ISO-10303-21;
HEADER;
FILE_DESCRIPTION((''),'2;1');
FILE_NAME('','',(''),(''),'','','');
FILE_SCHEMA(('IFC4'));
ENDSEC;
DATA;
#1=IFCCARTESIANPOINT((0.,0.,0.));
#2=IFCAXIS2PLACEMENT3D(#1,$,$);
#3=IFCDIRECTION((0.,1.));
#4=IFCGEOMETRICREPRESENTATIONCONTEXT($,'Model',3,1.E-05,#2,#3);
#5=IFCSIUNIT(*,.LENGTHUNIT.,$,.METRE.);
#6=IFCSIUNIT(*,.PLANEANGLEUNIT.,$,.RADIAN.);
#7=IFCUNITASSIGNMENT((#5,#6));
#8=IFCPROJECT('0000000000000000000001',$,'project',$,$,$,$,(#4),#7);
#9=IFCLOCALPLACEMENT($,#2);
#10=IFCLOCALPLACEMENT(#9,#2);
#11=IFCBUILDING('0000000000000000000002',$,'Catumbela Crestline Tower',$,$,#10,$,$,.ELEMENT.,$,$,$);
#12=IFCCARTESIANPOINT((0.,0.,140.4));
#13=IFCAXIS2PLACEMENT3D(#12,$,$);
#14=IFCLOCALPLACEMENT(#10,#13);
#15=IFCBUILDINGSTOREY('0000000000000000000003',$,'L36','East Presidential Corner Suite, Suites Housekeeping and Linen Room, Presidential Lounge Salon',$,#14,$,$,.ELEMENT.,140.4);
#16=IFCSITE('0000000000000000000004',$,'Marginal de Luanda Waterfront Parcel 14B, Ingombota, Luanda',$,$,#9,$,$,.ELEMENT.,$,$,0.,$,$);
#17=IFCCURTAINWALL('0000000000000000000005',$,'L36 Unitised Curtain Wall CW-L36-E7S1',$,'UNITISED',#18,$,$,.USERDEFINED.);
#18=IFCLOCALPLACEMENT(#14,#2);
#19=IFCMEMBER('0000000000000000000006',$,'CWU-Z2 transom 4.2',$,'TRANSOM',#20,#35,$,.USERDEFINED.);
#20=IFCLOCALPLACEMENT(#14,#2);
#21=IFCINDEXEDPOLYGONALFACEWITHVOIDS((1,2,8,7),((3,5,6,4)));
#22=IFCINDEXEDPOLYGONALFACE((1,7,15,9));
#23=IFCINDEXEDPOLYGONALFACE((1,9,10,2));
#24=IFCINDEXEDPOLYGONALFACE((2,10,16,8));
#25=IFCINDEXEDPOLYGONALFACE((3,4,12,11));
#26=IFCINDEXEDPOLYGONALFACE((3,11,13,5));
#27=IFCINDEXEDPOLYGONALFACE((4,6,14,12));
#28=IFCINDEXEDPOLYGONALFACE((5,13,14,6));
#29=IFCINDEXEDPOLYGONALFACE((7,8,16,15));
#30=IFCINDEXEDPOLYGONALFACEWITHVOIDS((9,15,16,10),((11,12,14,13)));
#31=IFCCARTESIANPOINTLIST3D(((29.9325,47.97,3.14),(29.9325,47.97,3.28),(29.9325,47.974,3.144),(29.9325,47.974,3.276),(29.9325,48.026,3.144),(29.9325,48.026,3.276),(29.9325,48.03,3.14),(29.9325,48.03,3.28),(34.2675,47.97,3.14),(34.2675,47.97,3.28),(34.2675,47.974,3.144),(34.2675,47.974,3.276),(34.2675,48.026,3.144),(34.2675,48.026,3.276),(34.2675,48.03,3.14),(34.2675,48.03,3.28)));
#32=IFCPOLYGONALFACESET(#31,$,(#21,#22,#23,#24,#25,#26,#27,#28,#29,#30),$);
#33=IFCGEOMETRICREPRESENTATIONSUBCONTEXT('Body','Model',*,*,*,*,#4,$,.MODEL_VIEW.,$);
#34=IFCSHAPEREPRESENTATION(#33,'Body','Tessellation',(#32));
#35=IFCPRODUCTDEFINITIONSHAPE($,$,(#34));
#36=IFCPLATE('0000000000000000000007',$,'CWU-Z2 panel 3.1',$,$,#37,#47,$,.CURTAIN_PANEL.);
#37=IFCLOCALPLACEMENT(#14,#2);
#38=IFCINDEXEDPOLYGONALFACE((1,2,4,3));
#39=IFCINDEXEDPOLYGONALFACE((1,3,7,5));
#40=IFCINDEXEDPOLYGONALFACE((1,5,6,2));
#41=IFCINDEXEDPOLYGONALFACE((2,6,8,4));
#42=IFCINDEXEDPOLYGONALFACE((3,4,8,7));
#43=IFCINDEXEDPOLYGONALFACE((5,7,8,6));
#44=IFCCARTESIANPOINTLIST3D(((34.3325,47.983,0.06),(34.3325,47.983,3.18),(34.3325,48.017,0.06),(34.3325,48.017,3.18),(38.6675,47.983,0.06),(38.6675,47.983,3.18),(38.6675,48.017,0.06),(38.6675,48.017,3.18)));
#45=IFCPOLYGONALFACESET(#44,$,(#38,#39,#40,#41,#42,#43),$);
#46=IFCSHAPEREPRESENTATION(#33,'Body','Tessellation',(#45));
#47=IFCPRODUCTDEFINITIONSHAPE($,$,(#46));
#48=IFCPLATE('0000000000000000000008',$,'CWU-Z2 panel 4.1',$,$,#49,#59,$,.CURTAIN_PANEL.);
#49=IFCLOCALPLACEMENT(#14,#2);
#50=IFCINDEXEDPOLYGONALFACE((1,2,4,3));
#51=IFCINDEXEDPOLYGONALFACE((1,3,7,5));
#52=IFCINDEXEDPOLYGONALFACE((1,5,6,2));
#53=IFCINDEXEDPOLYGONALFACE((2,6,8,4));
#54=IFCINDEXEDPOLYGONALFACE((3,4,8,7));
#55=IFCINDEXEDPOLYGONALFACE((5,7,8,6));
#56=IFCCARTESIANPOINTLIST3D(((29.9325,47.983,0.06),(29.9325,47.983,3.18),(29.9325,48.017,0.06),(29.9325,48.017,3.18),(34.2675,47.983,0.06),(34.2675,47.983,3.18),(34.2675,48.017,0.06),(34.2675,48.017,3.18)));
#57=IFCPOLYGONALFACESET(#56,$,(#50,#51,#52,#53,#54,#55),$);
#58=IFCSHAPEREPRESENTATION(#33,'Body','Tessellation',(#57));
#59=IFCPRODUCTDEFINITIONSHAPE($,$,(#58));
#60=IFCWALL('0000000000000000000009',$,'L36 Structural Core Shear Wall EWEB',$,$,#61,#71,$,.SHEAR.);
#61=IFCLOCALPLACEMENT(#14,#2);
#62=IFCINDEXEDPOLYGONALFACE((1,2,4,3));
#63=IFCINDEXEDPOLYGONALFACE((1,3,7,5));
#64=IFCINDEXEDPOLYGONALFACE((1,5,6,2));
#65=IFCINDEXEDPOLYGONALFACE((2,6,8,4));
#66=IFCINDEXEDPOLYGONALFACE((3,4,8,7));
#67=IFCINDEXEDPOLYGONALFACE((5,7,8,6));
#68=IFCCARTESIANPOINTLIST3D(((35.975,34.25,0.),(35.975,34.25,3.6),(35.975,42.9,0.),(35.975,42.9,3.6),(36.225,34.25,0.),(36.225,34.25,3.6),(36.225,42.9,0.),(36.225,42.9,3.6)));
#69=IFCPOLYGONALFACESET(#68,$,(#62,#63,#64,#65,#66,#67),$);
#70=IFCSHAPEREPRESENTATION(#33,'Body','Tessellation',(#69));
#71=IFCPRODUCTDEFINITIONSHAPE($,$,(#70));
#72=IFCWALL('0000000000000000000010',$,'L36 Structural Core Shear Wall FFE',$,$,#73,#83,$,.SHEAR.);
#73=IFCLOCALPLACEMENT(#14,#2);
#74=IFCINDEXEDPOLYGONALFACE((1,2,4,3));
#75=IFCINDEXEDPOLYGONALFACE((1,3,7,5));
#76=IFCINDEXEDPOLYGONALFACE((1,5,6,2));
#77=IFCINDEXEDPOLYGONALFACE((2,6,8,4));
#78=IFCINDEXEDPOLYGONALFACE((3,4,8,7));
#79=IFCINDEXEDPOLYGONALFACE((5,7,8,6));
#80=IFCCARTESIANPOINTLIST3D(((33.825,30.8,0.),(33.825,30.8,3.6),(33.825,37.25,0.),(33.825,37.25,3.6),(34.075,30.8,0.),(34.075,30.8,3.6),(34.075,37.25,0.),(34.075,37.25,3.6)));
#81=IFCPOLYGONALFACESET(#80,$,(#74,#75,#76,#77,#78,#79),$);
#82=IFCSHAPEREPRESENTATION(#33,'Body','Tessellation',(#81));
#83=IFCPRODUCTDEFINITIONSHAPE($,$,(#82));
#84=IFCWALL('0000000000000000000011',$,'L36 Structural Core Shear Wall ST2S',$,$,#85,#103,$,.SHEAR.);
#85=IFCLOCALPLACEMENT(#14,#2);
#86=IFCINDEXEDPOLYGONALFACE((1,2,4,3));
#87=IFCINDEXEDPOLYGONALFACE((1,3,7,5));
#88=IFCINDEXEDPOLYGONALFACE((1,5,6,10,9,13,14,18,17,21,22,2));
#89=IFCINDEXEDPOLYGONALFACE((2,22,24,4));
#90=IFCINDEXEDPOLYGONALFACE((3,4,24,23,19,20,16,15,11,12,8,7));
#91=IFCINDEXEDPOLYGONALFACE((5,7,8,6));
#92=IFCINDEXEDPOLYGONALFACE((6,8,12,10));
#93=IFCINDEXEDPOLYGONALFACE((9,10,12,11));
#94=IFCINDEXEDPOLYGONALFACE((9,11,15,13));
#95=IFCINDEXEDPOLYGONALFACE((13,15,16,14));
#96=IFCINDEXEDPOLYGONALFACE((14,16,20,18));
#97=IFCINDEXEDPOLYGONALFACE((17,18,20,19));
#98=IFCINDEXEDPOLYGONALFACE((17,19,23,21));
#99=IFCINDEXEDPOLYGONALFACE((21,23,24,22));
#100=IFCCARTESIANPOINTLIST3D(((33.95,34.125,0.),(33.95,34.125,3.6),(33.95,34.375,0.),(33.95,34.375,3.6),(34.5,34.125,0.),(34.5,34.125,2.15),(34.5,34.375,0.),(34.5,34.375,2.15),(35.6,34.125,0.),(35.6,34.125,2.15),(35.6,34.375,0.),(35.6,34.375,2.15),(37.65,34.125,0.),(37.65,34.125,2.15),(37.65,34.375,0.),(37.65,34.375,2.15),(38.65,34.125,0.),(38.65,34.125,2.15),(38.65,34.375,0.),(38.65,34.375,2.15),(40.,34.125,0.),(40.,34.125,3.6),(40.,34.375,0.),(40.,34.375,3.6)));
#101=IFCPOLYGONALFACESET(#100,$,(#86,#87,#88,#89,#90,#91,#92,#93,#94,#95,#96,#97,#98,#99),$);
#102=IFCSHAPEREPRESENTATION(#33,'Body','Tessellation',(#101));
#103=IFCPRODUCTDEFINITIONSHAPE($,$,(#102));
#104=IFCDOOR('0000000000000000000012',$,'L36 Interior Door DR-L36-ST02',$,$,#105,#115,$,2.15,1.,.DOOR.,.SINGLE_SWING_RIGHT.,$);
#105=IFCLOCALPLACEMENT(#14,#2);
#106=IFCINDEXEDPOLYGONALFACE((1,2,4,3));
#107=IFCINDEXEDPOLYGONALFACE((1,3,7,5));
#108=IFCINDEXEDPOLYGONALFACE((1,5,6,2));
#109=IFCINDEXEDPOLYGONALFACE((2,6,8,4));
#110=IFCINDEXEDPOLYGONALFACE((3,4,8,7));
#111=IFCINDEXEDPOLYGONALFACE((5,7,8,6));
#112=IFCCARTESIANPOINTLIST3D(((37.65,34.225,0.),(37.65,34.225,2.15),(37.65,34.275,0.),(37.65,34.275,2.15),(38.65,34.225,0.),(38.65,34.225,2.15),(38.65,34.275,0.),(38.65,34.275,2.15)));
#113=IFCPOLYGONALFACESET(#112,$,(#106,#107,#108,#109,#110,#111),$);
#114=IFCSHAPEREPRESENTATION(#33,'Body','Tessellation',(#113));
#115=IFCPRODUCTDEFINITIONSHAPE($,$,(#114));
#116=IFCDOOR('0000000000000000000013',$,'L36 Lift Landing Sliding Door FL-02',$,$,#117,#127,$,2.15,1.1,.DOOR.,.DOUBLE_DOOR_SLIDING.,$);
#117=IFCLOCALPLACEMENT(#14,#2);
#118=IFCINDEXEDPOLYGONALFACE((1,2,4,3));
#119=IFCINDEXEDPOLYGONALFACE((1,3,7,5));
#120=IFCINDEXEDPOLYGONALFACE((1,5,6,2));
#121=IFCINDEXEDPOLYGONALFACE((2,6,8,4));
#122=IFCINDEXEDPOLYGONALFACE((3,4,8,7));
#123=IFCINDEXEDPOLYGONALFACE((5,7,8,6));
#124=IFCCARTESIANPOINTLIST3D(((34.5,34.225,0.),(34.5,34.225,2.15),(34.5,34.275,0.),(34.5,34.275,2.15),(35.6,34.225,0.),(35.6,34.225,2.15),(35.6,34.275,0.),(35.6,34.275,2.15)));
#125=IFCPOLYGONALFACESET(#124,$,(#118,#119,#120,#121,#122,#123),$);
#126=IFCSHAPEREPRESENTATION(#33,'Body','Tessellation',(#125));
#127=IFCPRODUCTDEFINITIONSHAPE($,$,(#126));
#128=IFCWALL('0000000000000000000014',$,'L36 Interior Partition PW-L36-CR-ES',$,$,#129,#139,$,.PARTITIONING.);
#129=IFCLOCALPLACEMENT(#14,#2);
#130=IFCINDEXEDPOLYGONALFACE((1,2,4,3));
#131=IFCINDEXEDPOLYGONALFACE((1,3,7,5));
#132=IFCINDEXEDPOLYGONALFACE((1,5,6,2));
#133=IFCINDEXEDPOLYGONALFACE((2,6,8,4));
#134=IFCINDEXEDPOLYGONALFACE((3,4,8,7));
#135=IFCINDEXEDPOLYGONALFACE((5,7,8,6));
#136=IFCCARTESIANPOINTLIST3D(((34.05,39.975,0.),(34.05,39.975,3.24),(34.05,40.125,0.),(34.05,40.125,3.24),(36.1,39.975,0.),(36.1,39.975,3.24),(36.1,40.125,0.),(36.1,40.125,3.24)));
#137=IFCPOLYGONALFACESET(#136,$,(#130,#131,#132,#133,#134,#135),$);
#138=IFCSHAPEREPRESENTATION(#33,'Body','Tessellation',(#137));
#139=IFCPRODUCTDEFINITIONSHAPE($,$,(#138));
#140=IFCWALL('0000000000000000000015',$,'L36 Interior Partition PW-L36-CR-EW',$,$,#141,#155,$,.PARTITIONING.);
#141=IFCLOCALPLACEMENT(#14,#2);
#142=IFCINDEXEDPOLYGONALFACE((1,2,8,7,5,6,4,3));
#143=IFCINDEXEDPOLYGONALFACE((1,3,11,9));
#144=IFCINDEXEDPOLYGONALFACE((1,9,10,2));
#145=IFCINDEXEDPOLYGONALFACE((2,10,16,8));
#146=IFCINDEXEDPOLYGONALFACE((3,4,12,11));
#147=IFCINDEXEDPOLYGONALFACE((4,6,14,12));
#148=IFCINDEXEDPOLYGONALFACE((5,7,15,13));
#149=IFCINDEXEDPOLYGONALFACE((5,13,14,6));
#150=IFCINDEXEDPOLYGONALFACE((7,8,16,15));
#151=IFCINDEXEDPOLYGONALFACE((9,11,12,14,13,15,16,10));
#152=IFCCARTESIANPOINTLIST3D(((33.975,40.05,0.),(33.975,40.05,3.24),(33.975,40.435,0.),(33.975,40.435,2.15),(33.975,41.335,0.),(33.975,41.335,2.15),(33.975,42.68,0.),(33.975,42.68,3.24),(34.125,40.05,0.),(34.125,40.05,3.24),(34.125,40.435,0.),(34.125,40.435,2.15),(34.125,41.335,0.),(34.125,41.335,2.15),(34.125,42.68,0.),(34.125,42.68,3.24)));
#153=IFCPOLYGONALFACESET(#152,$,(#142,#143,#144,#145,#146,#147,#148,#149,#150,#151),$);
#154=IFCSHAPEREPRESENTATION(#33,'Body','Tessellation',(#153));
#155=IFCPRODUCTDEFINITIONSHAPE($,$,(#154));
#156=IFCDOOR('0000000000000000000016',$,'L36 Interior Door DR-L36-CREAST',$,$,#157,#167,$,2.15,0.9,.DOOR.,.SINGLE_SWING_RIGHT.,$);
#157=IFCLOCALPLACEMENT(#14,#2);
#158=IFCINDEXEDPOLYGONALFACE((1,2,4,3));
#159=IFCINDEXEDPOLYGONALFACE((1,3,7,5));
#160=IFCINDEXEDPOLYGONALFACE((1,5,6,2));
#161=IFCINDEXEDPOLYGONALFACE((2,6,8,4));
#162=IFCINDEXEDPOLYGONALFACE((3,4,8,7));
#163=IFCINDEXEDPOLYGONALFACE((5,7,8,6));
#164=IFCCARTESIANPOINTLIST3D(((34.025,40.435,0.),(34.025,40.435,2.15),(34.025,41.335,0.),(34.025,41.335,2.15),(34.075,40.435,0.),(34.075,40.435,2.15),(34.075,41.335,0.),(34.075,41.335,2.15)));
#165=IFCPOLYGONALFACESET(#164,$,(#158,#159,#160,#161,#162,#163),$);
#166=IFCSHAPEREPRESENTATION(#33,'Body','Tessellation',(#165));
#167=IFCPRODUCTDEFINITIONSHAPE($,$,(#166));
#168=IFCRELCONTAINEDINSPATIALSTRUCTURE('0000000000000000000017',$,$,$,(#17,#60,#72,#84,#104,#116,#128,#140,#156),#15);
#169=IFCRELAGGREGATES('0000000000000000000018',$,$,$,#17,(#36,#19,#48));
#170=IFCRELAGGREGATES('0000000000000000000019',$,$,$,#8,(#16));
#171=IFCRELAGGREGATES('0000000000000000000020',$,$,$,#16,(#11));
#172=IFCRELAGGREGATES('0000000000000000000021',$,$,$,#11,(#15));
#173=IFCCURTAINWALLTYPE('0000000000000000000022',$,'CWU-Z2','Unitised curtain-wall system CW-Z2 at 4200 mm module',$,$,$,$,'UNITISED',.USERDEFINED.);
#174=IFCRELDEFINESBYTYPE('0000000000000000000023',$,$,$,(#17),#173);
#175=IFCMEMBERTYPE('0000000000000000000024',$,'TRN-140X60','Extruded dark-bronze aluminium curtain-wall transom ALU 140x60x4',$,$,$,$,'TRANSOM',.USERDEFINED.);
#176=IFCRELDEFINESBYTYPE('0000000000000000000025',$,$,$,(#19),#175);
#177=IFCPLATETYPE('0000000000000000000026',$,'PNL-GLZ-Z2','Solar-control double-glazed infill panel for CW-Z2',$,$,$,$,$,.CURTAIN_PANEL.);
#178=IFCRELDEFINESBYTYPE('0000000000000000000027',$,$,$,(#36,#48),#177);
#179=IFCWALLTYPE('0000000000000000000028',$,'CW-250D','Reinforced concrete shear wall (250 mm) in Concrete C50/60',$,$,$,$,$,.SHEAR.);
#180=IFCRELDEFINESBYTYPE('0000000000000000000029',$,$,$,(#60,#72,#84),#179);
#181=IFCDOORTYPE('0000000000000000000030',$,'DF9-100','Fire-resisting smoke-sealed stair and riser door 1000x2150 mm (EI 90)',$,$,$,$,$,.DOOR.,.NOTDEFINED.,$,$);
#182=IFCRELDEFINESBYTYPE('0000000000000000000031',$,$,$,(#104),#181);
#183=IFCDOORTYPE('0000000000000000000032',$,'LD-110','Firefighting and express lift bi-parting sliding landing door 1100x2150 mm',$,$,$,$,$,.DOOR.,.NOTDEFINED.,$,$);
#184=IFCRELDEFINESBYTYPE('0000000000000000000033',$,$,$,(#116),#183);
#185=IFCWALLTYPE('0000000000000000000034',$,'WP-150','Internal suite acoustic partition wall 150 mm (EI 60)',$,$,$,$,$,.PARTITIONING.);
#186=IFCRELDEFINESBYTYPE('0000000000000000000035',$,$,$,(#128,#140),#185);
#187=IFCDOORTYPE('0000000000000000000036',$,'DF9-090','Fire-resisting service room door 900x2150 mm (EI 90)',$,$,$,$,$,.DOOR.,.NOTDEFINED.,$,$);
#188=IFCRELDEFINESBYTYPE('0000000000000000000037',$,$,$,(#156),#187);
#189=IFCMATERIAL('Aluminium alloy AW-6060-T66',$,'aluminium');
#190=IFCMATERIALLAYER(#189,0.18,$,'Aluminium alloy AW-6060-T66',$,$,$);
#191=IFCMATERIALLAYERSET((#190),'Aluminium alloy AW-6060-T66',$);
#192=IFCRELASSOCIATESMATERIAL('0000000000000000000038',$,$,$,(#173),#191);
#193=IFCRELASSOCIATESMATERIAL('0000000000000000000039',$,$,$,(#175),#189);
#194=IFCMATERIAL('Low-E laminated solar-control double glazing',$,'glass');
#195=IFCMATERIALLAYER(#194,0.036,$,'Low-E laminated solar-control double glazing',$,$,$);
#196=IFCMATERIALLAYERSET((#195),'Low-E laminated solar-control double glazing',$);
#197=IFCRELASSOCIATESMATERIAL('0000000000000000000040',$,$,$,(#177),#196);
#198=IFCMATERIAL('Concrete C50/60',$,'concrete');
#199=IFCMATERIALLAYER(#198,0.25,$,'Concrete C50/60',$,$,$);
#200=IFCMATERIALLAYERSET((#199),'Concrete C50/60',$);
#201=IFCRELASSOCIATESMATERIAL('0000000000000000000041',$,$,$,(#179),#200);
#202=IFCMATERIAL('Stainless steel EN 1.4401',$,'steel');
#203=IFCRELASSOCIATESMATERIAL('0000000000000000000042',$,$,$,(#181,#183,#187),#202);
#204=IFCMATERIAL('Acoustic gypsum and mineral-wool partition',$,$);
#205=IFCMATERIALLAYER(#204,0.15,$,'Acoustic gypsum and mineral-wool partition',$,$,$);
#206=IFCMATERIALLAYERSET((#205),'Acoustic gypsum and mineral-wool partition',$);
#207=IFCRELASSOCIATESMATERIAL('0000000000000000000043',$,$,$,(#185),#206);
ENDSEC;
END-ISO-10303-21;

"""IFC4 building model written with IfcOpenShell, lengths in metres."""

from ifc_helpers import new_model, si_unit, direction, frame, frame_2d, origin, origin_2d, place, context, subcontext, project, spatial, rectangle, hollow_rectangle, extrude, material, layer, layer_set, material_profile, profile_set, type_object, element, fill, aggregate, save


model = new_model("IFC4")

# Units and contexts
model_context = context("Model", 3, precision=1e-05, world=origin(), true_north=direction((0.0, 1.0)))
body_context = subcontext(model_context, "Body", "Model", "MODEL_VIEW")
ifc_project = project(units=[si_unit("LENGTHUNIT", "METRE"), si_unit("PLANEANGLEUNIT", "RADIAN")], contexts=[model_context])

# Site, building, storey
site_placement = place(None, origin())
site = spatial("IfcSite", under=ifc_project, at=site_placement, Name="Marginal de Luanda Waterfront Parcel 14B, Ingombota, Luanda", CompositionType="ELEMENT", RefElevation=0.0)
building_placement = place(site_placement, origin())
building = spatial("IfcBuilding", under=site, at=building_placement, Name="Catumbela Crestline Tower", CompositionType="ELEMENT")
storey_placement = place(building_placement, frame((0.0, 0.0, 140.4)))
storey = spatial("IfcBuildingStorey", under=building, at=storey_placement, Name="L36", Description="East Presidential Corner Suite, Suites Housekeeping and Linen Room, Presidential Lounge Salon", CompositionType="ELEMENT", Elevation=140.4)

# Curtain wall
ifc_material_1 = material(Name="Aluminium alloy AW-6060-T66", Category="aluminium")
ifc_layer_1 = layer(ifc_material_1, 0.18, Name="Aluminium alloy AW-6060-T66")
ifc_layer_set_1 = layer_set([ifc_layer_1], Name="Aluminium alloy AW-6060-T66")
curtain_wall_type = type_object("IfcCurtainWallType", Name="CWU-Z2", Description="Unitised curtain-wall system CW-Z2 at 4200 mm module", ElementType="UNITISED", PredefinedType="USERDEFINED", material=ifc_layer_set_1)
curtain_wall_placement = place(storey_placement, origin())
curtain_wall = element("IfcCurtainWall", 1, at=curtain_wall_placement, inside=storey, type_object=curtain_wall_type, Name="L36 Unitised Curtain Wall CW-L36-E7S1", ObjectType="UNITISED", PredefinedType="USERDEFINED")

# Member
ifc_material_profile_1 = material_profile(ifc_material_1, hollow_rectangle(XDim=0.06, YDim=0.14, WallThickness=0.004, at=origin_2d()), Name="ALU 140x60x4")
ifc_profile_set_1 = profile_set([ifc_material_profile_1], Name="Aluminium alloy AW-6060-T66")
member_type_1 = type_object("IfcMemberType", Name="TRN-140X60", Description="Extruded dark-bronze aluminium curtain-wall transom ALU 140x60x4", ElementType="TRANSOM", PredefinedType="USERDEFINED", material=ifc_profile_set_1)
member_1_placement = place(storey_placement, frame((34.2675, 48.0, 3.21), z_axis=(-1.0, 0.0, 0.0), x_axis=(0.0, -1.0, 0.0)))
member_1 = element("IfcMember", 2, at=member_1_placement, type_object=member_type_1, Name="CWU-Z2 transom 4.2", ObjectType="TRANSOM", PredefinedType="USERDEFINED", context=body_context, shape_type="SweptSolid", body=[
    extrude(hollow_rectangle(XDim=0.06, YDim=0.14, WallThickness=0.004, at=origin_2d()), origin(), (0.0, 0.0, 1.0), 4.335),
])

# Plates
ifc_material_2 = material(Name="Low-E laminated solar-control double glazing", Category="glass")
ifc_layer_2 = layer(ifc_material_2, 0.036, Name="Low-E laminated solar-control double glazing")
ifc_layer_set_2 = layer_set([ifc_layer_2], Name="Low-E laminated solar-control double glazing")
plate_type = type_object("IfcPlateType", Name="PNL-GLZ-Z2", Description="Solar-control double-glazed infill panel for CW-Z2", PredefinedType="CURTAIN_PANEL", material=ifc_layer_set_2)
plate_1_placement = place(storey_placement, frame((36.5, 48.0, 0.06), z_axis=(0.0, 0.0, 1.0), x_axis=(-1.0, 0.0, 0.0)))
plate_1 = element("IfcPlate", 3, at=plate_1_placement, type_object=plate_type, Name="CWU-Z2 panel 3.1", PredefinedType="CURTAIN_PANEL", context=body_context, shape_type="SweptSolid", body=[
    extrude(rectangle(XDim=4.335, YDim=0.034, at=origin_2d()), origin(), (0.0, 0.0, 1.0), 3.12),
])
plate_2_placement = place(storey_placement, frame((32.1, 48.0, 0.06), z_axis=(0.0, 0.0, 1.0), x_axis=(-1.0, 0.0, 0.0)))
plate_2 = element("IfcPlate", 4, at=plate_2_placement, type_object=plate_type, Name="CWU-Z2 panel 4.1", PredefinedType="CURTAIN_PANEL", context=body_context, shape_type="SweptSolid", body=[
    extrude(rectangle(XDim=4.335, YDim=0.034, at=origin_2d()), origin(), (0.0, 0.0, 1.0), 3.12),
])
aggregate(curtain_wall, [plate_1, member_1, plate_2])

# Walls
ifc_material_3 = material(Name="Concrete C50/60", Category="concrete")
ifc_layer_3 = layer(ifc_material_3, 0.25, Name="Concrete C50/60")
ifc_layer_set_3 = layer_set([ifc_layer_3], Name="Concrete C50/60")
wall_type_1 = type_object("IfcWallType", Name="CW-250D", Description="Reinforced concrete shear wall (250 mm) in Concrete C50/60", PredefinedType="SHEAR", material=ifc_layer_set_3)
wall_1_placement = place(storey_placement, frame((36.1, 34.25, 0.0), z_axis=(0.0, 0.0, 1.0), x_axis=(0.0, 1.0, 0.0)))
element("IfcWall", 5, at=wall_1_placement, inside=storey, type_object=wall_type_1, Name="L36 Structural Core Shear Wall EWEB", PredefinedType="SHEAR", context=body_context, shape_type="SweptSolid", body=[
    extrude(rectangle(XDim=8.65, YDim=0.25, at=frame_2d((4.325, 0.0))), origin(), (0.0, 0.0, 1.0), 3.6),
])
wall_2_placement = place(storey_placement, frame((33.95, 30.8, 0.0), z_axis=(0.0, 0.0, 1.0), x_axis=(0.0, 1.0, 0.0)))
element("IfcWall", 6, at=wall_2_placement, inside=storey, type_object=wall_type_1, Name="L36 Structural Core Shear Wall FFE", PredefinedType="SHEAR", context=body_context, shape_type="SweptSolid", body=[
    extrude(rectangle(XDim=6.45, YDim=0.25, at=frame_2d((3.225, 0.0))), origin(), (0.0, 0.0, 1.0), 3.6),
])

# Wall, openings, doors
wall_3_placement = place(storey_placement, frame((33.95, 34.25, 0.0), z_axis=(0.0, 0.0, 1.0), x_axis=(1.0, 0.0, 0.0)))
wall_3 = element("IfcWall", 7, at=wall_3_placement, inside=storey, type_object=wall_type_1, Name="L36 Structural Core Shear Wall ST2S", PredefinedType="SHEAR", context=body_context, shape_type="SweptSolid", body=[
    extrude(rectangle(XDim=6.05, YDim=0.25, at=frame_2d((3.025, 0.0))), origin(), (0.0, 0.0, 1.0), 3.6),
])
opening_1_placement = place(wall_3_placement, frame((3.7, 0.0, 0.0)))
opening_1 = element("IfcOpeningElement", 8, at=opening_1_placement, cuts=wall_3, PredefinedType="OPENING", context=body_context, shape_type="SweptSolid", body=[
    extrude(rectangle(XDim=1.0, YDim=2.15, at=frame_2d((0.5, 1.075))), frame((0.0, 0.135, 0.0), z_axis=(0.0, -1.0, 0.0), x_axis=(1.0, 0.0, 0.0)), (0.0, 0.0, 1.0), 0.27),
])
opening_2_placement = place(wall_3_placement, frame((0.55, 0.0, 0.0)))
opening_2 = element("IfcOpeningElement", 9, at=opening_2_placement, cuts=wall_3, PredefinedType="OPENING", context=body_context, shape_type="SweptSolid", body=[
    extrude(rectangle(XDim=1.1, YDim=2.15, at=frame_2d((0.55, 1.075))), frame((0.0, 0.135, 0.0), z_axis=(0.0, -1.0, 0.0), x_axis=(1.0, 0.0, 0.0)), (0.0, 0.0, 1.0), 0.27),
])
ifc_material_4 = material(Name="Stainless steel EN 1.4401", Category="steel")
door_type_1 = type_object("IfcDoorType", Name="DF9-100", Description="Fire-resisting smoke-sealed stair and riser door 1000x2150 mm (EI 90)", OperationType="NOTDEFINED", PredefinedType="DOOR", material=ifc_material_4)
door_1_placement = place(opening_1_placement, origin())
door_1 = element("IfcDoor", 10, at=door_1_placement, inside=storey, type_object=door_type_1, Name="L36 Interior Door DR-L36-ST02", OperationType="SINGLE_SWING_RIGHT", OverallHeight=2.15, OverallWidth=1.0, PredefinedType="DOOR", context=body_context, shape_type="SweptSolid", body=[
    extrude(rectangle(XDim=1.0, YDim=2.15, at=frame_2d((0.5, 1.075))), frame((0.0, 0.025, 0.0), z_axis=(0.0, -1.0, 0.0), x_axis=(1.0, 0.0, 0.0)), (0.0, 0.0, 1.0), 0.05),
])
fill(opening_1, door_1)
door_type_2 = type_object("IfcDoorType", Name="LD-110", Description="Firefighting and express lift bi-parting sliding landing door 1100x2150 mm", OperationType="NOTDEFINED", PredefinedType="DOOR", material=ifc_material_4)
door_2_placement = place(opening_2_placement, origin())
door_2 = element("IfcDoor", 11, at=door_2_placement, inside=storey, type_object=door_type_2, Name="L36 Lift Landing Sliding Door FL-02", OperationType="DOUBLE_DOOR_SLIDING", OverallHeight=2.15, OverallWidth=1.1, PredefinedType="DOOR", context=body_context, shape_type="SweptSolid", body=[
    extrude(rectangle(XDim=1.1, YDim=2.15, at=frame_2d((0.55, 1.075))), frame((0.0, 0.025, 0.0), z_axis=(0.0, -1.0, 0.0), x_axis=(1.0, 0.0, 0.0)), (0.0, 0.0, 1.0), 0.05),
])
fill(opening_2, door_2)

# Wall
ifc_material_5 = material(Name="Acoustic gypsum and mineral-wool partition")
ifc_layer_4 = layer(ifc_material_5, 0.15, Name="Acoustic gypsum and mineral-wool partition")
ifc_layer_set_4 = layer_set([ifc_layer_4], Name="Acoustic gypsum and mineral-wool partition")
wall_type_2 = type_object("IfcWallType", Name="WP-150", Description="Internal suite acoustic partition wall 150 mm (EI 60)", PredefinedType="PARTITIONING", material=ifc_layer_set_4)
wall_4_placement = place(storey_placement, frame((34.05, 40.05, 0.0), z_axis=(0.0, 0.0, 1.0), x_axis=(1.0, 0.0, 0.0)))
element("IfcWall", 12, at=wall_4_placement, inside=storey, type_object=wall_type_2, Name="L36 Interior Partition PW-L36-CR-ES", PredefinedType="PARTITIONING", context=body_context, shape_type="SweptSolid", body=[
    extrude(rectangle(XDim=2.05, YDim=0.15, at=frame_2d((1.025, 0.0))), origin(), (0.0, 0.0, 1.0), 3.24),
])

# Wall, opening, door
wall_5_placement = place(storey_placement, frame((34.05, 40.05, 0.0), z_axis=(0.0, 0.0, 1.0), x_axis=(0.0, 1.0, 0.0)))
wall_5 = element("IfcWall", 13, at=wall_5_placement, inside=storey, type_object=wall_type_2, Name="L36 Interior Partition PW-L36-CR-EW", PredefinedType="PARTITIONING", context=body_context, shape_type="SweptSolid", body=[
    extrude(rectangle(XDim=2.63, YDim=0.15, at=frame_2d((1.315, 0.0))), origin(), (0.0, 0.0, 1.0), 3.24),
])
opening_3_placement = place(wall_5_placement, frame((0.385, 0.0, 0.0)))
opening_3 = element("IfcOpeningElement", 14, at=opening_3_placement, cuts=wall_5, PredefinedType="OPENING", context=body_context, shape_type="SweptSolid", body=[
    extrude(rectangle(XDim=0.9, YDim=2.15, at=frame_2d((0.45, 1.075))), frame((0.0, 0.085, 0.0), z_axis=(0.0, -1.0, 0.0), x_axis=(1.0, 0.0, 0.0)), (0.0, 0.0, 1.0), 0.17),
])
door_type_3 = type_object("IfcDoorType", Name="DF9-090", Description="Fire-resisting service room door 900x2150 mm (EI 90)", OperationType="NOTDEFINED", PredefinedType="DOOR", material=ifc_material_4)
door_3_placement = place(opening_3_placement, origin())
door_3 = element("IfcDoor", 15, at=door_3_placement, inside=storey, type_object=door_type_3, Name="L36 Interior Door DR-L36-CREAST", OperationType="SINGLE_SWING_RIGHT", OverallHeight=2.15, OverallWidth=0.9, PredefinedType="DOOR", context=body_context, shape_type="SweptSolid", body=[
    extrude(rectangle(XDim=0.9, YDim=2.15, at=frame_2d((0.45, 1.075))), frame((0.0, 0.025, 0.0), z_axis=(0.0, -1.0, 0.0), x_axis=(1.0, 0.0, 0.0)), (0.0, 0.0, 1.0), 0.05),
])
fill(opening_3, door_3)

save(model, "model.ifc")
